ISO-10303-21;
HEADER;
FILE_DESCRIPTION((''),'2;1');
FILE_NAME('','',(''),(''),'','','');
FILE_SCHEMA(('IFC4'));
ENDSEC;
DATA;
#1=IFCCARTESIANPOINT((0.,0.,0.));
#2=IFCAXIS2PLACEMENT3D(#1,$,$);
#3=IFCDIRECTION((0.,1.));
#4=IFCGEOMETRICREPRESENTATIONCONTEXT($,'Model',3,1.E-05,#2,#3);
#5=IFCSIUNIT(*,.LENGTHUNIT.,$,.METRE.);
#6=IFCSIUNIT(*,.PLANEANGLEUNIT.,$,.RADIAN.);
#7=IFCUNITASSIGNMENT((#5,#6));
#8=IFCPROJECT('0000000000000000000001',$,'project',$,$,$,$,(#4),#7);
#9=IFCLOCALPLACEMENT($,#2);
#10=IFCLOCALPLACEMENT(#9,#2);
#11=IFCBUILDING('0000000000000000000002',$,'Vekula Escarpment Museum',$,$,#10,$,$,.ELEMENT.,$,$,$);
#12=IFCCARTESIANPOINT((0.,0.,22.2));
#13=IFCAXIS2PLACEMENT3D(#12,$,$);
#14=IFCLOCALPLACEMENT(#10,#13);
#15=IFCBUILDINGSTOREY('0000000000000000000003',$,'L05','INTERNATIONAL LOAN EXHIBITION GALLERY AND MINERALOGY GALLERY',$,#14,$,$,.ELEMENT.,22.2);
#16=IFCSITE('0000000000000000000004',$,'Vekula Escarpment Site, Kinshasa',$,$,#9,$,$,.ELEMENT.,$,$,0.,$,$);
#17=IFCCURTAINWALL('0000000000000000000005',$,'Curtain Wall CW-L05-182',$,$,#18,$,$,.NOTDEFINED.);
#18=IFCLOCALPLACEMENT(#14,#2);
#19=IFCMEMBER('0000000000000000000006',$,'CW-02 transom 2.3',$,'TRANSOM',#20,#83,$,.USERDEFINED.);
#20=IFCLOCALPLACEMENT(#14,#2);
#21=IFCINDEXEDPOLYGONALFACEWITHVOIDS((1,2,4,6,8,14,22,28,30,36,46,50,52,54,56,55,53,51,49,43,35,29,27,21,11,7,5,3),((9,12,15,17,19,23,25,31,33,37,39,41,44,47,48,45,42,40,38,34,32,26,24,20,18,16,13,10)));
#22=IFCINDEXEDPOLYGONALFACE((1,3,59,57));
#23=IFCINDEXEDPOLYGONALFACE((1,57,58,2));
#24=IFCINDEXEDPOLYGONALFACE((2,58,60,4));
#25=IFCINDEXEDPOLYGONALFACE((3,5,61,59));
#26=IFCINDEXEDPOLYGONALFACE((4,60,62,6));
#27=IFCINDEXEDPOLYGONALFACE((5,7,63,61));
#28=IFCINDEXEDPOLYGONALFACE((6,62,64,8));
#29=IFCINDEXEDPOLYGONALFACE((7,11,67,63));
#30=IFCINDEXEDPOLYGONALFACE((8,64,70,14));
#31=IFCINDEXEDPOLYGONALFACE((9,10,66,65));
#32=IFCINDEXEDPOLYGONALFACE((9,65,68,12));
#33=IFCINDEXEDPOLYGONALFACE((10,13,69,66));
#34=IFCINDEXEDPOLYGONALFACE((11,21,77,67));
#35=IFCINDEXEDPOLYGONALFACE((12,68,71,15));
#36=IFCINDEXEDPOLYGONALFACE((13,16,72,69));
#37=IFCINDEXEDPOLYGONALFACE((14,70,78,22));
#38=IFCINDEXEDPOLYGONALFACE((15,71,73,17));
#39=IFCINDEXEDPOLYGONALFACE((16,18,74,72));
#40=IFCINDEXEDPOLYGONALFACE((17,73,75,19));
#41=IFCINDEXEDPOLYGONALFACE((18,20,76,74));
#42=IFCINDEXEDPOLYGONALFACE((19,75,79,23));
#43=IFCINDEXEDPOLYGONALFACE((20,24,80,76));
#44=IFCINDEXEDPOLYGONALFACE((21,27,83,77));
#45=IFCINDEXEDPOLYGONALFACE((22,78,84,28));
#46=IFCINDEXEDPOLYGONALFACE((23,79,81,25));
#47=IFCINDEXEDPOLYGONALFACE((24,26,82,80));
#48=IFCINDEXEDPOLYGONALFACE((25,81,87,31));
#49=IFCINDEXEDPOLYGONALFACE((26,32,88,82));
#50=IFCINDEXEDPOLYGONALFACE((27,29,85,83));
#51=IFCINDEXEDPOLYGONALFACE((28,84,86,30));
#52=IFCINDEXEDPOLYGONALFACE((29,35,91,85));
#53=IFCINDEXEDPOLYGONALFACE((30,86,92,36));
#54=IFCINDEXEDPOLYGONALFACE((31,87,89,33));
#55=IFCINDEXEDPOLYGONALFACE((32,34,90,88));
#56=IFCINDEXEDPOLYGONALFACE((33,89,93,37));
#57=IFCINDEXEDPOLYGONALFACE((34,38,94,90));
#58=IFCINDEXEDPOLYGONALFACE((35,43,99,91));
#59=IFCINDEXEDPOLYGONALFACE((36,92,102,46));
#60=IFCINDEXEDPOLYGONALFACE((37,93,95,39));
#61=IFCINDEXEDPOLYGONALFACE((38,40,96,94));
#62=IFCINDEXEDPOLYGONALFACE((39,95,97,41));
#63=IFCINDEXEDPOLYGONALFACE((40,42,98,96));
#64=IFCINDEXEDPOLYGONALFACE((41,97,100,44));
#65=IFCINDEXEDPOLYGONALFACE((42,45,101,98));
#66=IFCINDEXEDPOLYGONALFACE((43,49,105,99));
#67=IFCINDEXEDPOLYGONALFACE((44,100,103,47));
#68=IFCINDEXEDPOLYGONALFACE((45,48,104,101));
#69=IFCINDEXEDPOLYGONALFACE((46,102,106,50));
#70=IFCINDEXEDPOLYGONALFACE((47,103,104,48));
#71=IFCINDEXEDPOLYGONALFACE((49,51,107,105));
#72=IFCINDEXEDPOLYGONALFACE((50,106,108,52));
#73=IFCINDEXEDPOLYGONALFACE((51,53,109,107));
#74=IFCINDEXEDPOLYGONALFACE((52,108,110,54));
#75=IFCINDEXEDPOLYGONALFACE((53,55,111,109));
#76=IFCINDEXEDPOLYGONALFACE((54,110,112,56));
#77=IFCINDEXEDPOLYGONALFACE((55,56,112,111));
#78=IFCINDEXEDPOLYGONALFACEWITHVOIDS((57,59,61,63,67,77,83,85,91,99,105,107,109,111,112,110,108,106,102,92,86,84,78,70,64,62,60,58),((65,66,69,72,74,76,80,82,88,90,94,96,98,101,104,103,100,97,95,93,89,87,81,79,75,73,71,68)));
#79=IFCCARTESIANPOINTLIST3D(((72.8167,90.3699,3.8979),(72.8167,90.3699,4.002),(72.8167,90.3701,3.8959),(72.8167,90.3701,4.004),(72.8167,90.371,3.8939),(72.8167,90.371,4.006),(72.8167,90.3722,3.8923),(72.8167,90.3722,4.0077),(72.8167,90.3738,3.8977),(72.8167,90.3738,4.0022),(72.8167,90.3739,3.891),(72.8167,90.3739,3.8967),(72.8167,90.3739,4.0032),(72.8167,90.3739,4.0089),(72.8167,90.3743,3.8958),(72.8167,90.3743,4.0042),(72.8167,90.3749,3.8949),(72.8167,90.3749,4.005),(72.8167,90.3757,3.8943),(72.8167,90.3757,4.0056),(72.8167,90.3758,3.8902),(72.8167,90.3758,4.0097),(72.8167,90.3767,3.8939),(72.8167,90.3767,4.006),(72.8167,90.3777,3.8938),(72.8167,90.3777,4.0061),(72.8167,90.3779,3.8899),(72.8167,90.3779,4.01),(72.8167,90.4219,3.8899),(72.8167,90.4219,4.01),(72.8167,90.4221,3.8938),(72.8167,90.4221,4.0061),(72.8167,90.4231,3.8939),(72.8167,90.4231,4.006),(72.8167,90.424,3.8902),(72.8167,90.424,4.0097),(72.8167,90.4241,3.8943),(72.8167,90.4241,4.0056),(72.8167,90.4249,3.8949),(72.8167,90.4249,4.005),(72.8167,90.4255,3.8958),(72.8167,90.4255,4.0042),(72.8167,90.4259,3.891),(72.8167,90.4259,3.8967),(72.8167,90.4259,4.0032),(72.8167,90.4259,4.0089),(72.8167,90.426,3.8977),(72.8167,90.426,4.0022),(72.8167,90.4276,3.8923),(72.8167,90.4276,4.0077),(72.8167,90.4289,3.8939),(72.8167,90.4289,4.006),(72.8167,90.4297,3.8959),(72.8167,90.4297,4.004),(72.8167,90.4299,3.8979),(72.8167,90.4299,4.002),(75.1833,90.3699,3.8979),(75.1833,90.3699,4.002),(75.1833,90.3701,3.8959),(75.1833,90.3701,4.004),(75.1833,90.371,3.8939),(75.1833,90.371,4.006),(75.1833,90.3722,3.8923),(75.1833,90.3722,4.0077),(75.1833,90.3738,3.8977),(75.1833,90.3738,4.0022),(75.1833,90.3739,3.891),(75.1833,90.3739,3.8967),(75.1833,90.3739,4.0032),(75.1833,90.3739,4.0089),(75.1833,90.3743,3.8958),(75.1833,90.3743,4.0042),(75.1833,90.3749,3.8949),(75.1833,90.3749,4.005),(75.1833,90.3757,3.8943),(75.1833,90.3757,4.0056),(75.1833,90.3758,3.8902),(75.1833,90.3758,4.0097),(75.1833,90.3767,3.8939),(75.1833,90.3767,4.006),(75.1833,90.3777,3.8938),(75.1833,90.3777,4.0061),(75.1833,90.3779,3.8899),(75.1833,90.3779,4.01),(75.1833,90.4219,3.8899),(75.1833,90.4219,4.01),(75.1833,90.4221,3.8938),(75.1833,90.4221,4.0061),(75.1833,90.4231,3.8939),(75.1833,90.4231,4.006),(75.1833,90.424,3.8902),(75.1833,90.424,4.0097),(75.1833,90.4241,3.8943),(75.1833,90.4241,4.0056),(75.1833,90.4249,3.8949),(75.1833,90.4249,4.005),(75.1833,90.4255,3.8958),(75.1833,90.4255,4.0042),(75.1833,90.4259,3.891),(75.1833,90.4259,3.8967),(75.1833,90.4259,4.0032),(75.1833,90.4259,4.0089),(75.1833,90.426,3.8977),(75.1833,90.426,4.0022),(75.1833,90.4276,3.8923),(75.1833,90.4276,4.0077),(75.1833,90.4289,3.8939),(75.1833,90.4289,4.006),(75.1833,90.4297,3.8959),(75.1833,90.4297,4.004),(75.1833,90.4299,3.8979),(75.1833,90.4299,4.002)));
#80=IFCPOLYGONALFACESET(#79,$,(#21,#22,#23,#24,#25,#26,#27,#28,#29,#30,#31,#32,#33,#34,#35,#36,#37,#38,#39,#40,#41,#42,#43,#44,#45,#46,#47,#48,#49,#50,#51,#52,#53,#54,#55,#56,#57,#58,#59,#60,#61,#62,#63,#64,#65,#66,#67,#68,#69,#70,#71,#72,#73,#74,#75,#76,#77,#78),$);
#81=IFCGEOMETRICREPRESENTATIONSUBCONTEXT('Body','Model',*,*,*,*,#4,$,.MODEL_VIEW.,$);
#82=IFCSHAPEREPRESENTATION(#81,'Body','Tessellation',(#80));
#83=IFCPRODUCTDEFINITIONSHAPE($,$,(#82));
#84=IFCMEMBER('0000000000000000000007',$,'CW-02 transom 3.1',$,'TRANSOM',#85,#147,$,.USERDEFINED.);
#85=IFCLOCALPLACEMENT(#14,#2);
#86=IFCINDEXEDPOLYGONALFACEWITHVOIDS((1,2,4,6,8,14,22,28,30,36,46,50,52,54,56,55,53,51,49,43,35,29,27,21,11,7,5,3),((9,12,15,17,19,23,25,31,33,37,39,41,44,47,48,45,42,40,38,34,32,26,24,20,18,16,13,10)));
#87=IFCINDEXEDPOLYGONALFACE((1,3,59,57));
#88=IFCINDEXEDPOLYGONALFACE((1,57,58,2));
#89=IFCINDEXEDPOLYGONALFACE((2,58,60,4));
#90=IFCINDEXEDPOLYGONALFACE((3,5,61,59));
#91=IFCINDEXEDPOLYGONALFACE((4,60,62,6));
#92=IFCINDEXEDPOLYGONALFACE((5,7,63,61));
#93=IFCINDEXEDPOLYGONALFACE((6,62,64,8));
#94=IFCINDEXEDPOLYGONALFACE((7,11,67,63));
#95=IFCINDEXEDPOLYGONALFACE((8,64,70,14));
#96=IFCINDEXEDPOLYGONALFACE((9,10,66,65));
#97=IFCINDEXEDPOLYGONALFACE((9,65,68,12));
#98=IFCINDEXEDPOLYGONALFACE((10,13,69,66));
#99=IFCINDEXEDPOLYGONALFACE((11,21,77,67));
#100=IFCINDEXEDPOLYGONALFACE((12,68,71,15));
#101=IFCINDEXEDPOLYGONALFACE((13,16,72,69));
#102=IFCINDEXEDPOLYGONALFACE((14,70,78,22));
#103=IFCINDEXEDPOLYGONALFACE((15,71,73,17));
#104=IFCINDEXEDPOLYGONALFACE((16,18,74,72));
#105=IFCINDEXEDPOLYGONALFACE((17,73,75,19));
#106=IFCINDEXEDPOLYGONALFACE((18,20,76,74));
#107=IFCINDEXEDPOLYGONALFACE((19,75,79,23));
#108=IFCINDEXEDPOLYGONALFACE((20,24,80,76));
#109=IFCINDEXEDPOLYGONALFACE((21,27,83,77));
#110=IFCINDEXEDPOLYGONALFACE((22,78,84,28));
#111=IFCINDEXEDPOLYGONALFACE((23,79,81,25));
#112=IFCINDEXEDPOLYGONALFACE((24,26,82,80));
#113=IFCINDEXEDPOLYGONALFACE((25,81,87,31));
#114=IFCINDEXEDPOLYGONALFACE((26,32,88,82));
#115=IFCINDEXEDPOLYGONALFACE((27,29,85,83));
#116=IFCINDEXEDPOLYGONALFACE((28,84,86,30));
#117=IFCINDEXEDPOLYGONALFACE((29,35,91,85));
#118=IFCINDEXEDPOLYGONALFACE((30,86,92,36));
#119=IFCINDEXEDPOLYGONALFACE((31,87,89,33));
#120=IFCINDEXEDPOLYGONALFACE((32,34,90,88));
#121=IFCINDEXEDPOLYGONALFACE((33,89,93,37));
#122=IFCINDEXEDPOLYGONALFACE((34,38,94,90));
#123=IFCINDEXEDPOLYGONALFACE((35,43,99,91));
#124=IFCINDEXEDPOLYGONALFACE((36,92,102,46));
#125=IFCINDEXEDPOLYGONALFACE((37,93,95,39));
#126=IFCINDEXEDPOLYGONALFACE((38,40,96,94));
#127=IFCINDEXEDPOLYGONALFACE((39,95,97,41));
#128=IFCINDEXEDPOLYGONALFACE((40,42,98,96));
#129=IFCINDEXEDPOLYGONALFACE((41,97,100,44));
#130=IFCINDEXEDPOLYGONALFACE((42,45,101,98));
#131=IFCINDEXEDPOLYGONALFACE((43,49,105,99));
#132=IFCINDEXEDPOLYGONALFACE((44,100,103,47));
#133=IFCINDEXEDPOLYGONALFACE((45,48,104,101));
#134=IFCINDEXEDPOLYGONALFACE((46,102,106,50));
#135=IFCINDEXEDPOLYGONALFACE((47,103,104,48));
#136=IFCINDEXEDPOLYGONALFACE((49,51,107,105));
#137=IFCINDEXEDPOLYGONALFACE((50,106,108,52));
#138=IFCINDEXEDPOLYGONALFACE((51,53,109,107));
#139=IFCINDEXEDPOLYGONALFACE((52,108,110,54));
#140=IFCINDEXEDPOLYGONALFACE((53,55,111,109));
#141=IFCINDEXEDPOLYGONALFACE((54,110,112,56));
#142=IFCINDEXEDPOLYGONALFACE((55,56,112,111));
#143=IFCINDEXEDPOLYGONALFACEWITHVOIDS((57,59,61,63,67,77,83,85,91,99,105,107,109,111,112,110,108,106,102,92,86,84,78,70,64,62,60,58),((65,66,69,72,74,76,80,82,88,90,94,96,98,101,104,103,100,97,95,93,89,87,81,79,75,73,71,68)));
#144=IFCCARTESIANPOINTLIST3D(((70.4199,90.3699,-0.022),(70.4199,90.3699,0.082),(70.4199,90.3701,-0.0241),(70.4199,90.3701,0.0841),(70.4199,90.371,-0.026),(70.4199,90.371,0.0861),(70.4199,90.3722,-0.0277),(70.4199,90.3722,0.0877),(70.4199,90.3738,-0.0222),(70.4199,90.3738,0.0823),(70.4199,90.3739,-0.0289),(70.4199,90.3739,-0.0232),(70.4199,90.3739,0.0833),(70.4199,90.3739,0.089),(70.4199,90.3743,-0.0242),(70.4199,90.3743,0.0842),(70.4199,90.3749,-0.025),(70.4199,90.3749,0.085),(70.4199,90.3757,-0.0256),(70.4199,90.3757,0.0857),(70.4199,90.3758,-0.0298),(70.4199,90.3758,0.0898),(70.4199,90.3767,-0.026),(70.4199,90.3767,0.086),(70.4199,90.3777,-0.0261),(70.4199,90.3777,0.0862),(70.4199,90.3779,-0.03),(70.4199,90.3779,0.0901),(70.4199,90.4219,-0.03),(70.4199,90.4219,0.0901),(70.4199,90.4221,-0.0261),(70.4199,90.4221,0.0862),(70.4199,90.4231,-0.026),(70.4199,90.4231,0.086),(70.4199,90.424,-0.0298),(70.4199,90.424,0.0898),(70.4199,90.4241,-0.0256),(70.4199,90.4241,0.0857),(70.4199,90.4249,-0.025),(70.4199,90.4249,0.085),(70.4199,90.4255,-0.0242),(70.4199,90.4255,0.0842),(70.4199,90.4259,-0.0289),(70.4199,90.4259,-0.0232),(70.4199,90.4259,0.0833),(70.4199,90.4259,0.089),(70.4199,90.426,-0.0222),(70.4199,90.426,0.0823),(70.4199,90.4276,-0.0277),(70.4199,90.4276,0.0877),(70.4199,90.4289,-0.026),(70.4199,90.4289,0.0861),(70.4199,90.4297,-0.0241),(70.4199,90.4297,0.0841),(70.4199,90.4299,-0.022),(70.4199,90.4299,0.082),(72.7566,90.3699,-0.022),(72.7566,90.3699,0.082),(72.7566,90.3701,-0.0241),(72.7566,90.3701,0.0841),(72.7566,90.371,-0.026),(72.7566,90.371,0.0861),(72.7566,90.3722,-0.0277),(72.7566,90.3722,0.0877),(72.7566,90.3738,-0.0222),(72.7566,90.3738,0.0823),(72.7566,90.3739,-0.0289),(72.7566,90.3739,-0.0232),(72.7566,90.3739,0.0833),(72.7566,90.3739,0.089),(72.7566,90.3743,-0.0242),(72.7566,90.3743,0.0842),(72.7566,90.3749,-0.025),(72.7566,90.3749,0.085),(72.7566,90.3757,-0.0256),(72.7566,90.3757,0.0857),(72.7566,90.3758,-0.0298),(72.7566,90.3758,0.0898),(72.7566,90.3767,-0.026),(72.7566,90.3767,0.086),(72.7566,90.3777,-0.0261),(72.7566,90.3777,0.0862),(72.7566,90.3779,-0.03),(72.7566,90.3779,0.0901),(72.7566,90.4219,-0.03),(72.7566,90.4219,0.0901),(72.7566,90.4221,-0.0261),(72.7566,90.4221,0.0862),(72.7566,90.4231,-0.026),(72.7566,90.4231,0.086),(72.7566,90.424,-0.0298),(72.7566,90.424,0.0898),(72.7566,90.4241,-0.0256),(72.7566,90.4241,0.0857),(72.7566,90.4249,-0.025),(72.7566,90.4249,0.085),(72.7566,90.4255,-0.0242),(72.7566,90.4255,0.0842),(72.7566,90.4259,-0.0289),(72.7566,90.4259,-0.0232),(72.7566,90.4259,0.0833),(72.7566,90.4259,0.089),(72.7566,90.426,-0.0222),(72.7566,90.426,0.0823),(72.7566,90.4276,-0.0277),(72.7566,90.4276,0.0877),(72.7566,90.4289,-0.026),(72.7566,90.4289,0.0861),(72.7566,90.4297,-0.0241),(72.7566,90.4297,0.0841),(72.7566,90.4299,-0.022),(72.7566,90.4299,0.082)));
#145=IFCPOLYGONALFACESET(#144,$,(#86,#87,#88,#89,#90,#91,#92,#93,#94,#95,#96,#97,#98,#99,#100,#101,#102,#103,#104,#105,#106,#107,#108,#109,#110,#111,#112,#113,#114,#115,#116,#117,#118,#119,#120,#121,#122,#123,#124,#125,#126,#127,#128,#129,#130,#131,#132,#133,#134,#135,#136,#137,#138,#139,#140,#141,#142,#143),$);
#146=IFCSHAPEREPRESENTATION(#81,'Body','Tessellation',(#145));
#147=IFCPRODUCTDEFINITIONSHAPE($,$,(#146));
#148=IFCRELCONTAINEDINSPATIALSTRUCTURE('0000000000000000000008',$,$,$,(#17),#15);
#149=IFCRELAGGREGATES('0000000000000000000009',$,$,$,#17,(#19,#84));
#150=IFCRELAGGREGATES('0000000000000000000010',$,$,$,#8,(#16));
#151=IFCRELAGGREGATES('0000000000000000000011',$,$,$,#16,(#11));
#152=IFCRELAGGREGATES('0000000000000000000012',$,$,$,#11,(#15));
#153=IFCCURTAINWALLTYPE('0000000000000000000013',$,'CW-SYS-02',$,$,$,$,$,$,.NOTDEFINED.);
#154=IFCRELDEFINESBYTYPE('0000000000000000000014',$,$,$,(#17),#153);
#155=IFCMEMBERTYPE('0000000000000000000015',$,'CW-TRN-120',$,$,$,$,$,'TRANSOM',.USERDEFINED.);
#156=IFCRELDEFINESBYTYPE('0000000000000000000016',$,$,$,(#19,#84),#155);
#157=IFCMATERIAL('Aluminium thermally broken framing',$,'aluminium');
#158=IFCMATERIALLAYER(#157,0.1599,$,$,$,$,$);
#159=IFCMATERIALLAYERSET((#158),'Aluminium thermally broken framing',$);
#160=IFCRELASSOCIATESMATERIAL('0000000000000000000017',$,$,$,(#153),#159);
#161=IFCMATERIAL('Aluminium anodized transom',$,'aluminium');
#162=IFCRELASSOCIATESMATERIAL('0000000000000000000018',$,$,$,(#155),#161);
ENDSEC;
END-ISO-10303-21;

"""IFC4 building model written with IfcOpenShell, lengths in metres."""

from ifc_helpers import new_model, si_unit, direction, frame, origin, origin_2d, place, context, subcontext, project, spatial, hollow_rectangle, extrude, material, layer, layer_set, material_profile, profile_set, type_object, element, aggregate, save


model = new_model("IFC4")

# Units and contexts
model_context = context("Model", 3, precision=1e-05, world=origin(), true_north=direction((0.0, 1.0)))
body_context = subcontext(model_context, "Body", "Model", "MODEL_VIEW")
ifc_project = project(units=[si_unit("LENGTHUNIT", "METRE"), si_unit("PLANEANGLEUNIT", "RADIAN")], contexts=[model_context])

# Site, building, storey
site_placement = place(None, origin())
site = spatial("IfcSite", under=ifc_project, at=site_placement, Name="Vekula Escarpment Site, Kinshasa", CompositionType="ELEMENT", RefElevation=0.0)
building_placement = place(site_placement, origin())
building = spatial("IfcBuilding", under=site, at=building_placement, Name="Vekula Escarpment Museum", CompositionType="ELEMENT")
storey_placement = place(building_placement, frame((0.0, 0.0, 22.2)))
storey = spatial("IfcBuildingStorey", under=building, at=storey_placement, Name="L05", Description="INTERNATIONAL LOAN EXHIBITION GALLERY AND MINERALOGY GALLERY", CompositionType="ELEMENT", Elevation=22.2)

# Curtain wall, members
ifc_material_1 = material(Name="Aluminium thermally broken framing", Category="aluminium")
ifc_layer_1 = layer(ifc_material_1, 0.1599)
ifc_layer_set_1 = layer_set([ifc_layer_1], Name="Aluminium thermally broken framing")
curtain_wall_type = type_object("IfcCurtainWallType", Name="CW-SYS-02", PredefinedType="NOTDEFINED", material=ifc_layer_set_1)
curtain_wall_placement = place(storey_placement, origin())
curtain_wall = element("IfcCurtainWall", 1, at=curtain_wall_placement, inside=storey, type_object=curtain_wall_type, Name="Curtain Wall CW-L05-182", PredefinedType="NOTDEFINED")
ifc_material_2 = material(Name="Aluminium anodized transom", Category="aluminium")
ifc_material_profile_1 = material_profile(ifc_material_2, hollow_rectangle(XDim=0.0601, YDim=0.1201, WallThickness=0.0039, InnerFilletRadius=0.0039, OuterFilletRadius=0.0081, at=origin_2d()), Name="ALU 120x60x4")
ifc_profile_set_1 = profile_set([ifc_material_profile_1], Name="Aluminium anodized transom")
member_type_1 = type_object("IfcMemberType", Name="CW-TRN-120", ElementType="TRANSOM", PredefinedType="USERDEFINED", material=ifc_profile_set_1)
member_1_placement = place(storey_placement, frame((75.1833, 90.3999, 3.95), z_axis=(-1.0, 0.0, 0.0), x_axis=(0.0, -1.0, 0.0)))
member_1 = element("IfcMember", 2, at=member_1_placement, type_object=member_type_1, Name="CW-02 transom 2.3", ObjectType="TRANSOM", PredefinedType="USERDEFINED", context=body_context, shape_type="SweptSolid", body=[
    extrude(hollow_rectangle(XDim=0.0601, YDim=0.1201, WallThickness=0.0039, InnerFilletRadius=0.0039, OuterFilletRadius=0.0081, at=origin_2d()), origin(), (0.0, 0.0, 1.0), 2.3667),
])
member_2_placement = place(storey_placement, frame((72.7566, 90.3999, 0.03), z_axis=(-1.0, 0.0, 0.0), x_axis=(0.0, -1.0, 0.0)))
member_2 = element("IfcMember", 3, at=member_2_placement, type_object=member_type_1, Name="CW-02 transom 3.1", ObjectType="TRANSOM", PredefinedType="USERDEFINED", context=body_context, shape_type="SweptSolid", body=[
    extrude(hollow_rectangle(XDim=0.0601, YDim=0.1201, WallThickness=0.0039, InnerFilletRadius=0.0039, OuterFilletRadius=0.0081, at=origin_2d()), origin(), (0.0, 0.0, 1.0), 2.3367),
])
aggregate(curtain_wall, [member_1, member_2])

save(model, "model.ifc")
